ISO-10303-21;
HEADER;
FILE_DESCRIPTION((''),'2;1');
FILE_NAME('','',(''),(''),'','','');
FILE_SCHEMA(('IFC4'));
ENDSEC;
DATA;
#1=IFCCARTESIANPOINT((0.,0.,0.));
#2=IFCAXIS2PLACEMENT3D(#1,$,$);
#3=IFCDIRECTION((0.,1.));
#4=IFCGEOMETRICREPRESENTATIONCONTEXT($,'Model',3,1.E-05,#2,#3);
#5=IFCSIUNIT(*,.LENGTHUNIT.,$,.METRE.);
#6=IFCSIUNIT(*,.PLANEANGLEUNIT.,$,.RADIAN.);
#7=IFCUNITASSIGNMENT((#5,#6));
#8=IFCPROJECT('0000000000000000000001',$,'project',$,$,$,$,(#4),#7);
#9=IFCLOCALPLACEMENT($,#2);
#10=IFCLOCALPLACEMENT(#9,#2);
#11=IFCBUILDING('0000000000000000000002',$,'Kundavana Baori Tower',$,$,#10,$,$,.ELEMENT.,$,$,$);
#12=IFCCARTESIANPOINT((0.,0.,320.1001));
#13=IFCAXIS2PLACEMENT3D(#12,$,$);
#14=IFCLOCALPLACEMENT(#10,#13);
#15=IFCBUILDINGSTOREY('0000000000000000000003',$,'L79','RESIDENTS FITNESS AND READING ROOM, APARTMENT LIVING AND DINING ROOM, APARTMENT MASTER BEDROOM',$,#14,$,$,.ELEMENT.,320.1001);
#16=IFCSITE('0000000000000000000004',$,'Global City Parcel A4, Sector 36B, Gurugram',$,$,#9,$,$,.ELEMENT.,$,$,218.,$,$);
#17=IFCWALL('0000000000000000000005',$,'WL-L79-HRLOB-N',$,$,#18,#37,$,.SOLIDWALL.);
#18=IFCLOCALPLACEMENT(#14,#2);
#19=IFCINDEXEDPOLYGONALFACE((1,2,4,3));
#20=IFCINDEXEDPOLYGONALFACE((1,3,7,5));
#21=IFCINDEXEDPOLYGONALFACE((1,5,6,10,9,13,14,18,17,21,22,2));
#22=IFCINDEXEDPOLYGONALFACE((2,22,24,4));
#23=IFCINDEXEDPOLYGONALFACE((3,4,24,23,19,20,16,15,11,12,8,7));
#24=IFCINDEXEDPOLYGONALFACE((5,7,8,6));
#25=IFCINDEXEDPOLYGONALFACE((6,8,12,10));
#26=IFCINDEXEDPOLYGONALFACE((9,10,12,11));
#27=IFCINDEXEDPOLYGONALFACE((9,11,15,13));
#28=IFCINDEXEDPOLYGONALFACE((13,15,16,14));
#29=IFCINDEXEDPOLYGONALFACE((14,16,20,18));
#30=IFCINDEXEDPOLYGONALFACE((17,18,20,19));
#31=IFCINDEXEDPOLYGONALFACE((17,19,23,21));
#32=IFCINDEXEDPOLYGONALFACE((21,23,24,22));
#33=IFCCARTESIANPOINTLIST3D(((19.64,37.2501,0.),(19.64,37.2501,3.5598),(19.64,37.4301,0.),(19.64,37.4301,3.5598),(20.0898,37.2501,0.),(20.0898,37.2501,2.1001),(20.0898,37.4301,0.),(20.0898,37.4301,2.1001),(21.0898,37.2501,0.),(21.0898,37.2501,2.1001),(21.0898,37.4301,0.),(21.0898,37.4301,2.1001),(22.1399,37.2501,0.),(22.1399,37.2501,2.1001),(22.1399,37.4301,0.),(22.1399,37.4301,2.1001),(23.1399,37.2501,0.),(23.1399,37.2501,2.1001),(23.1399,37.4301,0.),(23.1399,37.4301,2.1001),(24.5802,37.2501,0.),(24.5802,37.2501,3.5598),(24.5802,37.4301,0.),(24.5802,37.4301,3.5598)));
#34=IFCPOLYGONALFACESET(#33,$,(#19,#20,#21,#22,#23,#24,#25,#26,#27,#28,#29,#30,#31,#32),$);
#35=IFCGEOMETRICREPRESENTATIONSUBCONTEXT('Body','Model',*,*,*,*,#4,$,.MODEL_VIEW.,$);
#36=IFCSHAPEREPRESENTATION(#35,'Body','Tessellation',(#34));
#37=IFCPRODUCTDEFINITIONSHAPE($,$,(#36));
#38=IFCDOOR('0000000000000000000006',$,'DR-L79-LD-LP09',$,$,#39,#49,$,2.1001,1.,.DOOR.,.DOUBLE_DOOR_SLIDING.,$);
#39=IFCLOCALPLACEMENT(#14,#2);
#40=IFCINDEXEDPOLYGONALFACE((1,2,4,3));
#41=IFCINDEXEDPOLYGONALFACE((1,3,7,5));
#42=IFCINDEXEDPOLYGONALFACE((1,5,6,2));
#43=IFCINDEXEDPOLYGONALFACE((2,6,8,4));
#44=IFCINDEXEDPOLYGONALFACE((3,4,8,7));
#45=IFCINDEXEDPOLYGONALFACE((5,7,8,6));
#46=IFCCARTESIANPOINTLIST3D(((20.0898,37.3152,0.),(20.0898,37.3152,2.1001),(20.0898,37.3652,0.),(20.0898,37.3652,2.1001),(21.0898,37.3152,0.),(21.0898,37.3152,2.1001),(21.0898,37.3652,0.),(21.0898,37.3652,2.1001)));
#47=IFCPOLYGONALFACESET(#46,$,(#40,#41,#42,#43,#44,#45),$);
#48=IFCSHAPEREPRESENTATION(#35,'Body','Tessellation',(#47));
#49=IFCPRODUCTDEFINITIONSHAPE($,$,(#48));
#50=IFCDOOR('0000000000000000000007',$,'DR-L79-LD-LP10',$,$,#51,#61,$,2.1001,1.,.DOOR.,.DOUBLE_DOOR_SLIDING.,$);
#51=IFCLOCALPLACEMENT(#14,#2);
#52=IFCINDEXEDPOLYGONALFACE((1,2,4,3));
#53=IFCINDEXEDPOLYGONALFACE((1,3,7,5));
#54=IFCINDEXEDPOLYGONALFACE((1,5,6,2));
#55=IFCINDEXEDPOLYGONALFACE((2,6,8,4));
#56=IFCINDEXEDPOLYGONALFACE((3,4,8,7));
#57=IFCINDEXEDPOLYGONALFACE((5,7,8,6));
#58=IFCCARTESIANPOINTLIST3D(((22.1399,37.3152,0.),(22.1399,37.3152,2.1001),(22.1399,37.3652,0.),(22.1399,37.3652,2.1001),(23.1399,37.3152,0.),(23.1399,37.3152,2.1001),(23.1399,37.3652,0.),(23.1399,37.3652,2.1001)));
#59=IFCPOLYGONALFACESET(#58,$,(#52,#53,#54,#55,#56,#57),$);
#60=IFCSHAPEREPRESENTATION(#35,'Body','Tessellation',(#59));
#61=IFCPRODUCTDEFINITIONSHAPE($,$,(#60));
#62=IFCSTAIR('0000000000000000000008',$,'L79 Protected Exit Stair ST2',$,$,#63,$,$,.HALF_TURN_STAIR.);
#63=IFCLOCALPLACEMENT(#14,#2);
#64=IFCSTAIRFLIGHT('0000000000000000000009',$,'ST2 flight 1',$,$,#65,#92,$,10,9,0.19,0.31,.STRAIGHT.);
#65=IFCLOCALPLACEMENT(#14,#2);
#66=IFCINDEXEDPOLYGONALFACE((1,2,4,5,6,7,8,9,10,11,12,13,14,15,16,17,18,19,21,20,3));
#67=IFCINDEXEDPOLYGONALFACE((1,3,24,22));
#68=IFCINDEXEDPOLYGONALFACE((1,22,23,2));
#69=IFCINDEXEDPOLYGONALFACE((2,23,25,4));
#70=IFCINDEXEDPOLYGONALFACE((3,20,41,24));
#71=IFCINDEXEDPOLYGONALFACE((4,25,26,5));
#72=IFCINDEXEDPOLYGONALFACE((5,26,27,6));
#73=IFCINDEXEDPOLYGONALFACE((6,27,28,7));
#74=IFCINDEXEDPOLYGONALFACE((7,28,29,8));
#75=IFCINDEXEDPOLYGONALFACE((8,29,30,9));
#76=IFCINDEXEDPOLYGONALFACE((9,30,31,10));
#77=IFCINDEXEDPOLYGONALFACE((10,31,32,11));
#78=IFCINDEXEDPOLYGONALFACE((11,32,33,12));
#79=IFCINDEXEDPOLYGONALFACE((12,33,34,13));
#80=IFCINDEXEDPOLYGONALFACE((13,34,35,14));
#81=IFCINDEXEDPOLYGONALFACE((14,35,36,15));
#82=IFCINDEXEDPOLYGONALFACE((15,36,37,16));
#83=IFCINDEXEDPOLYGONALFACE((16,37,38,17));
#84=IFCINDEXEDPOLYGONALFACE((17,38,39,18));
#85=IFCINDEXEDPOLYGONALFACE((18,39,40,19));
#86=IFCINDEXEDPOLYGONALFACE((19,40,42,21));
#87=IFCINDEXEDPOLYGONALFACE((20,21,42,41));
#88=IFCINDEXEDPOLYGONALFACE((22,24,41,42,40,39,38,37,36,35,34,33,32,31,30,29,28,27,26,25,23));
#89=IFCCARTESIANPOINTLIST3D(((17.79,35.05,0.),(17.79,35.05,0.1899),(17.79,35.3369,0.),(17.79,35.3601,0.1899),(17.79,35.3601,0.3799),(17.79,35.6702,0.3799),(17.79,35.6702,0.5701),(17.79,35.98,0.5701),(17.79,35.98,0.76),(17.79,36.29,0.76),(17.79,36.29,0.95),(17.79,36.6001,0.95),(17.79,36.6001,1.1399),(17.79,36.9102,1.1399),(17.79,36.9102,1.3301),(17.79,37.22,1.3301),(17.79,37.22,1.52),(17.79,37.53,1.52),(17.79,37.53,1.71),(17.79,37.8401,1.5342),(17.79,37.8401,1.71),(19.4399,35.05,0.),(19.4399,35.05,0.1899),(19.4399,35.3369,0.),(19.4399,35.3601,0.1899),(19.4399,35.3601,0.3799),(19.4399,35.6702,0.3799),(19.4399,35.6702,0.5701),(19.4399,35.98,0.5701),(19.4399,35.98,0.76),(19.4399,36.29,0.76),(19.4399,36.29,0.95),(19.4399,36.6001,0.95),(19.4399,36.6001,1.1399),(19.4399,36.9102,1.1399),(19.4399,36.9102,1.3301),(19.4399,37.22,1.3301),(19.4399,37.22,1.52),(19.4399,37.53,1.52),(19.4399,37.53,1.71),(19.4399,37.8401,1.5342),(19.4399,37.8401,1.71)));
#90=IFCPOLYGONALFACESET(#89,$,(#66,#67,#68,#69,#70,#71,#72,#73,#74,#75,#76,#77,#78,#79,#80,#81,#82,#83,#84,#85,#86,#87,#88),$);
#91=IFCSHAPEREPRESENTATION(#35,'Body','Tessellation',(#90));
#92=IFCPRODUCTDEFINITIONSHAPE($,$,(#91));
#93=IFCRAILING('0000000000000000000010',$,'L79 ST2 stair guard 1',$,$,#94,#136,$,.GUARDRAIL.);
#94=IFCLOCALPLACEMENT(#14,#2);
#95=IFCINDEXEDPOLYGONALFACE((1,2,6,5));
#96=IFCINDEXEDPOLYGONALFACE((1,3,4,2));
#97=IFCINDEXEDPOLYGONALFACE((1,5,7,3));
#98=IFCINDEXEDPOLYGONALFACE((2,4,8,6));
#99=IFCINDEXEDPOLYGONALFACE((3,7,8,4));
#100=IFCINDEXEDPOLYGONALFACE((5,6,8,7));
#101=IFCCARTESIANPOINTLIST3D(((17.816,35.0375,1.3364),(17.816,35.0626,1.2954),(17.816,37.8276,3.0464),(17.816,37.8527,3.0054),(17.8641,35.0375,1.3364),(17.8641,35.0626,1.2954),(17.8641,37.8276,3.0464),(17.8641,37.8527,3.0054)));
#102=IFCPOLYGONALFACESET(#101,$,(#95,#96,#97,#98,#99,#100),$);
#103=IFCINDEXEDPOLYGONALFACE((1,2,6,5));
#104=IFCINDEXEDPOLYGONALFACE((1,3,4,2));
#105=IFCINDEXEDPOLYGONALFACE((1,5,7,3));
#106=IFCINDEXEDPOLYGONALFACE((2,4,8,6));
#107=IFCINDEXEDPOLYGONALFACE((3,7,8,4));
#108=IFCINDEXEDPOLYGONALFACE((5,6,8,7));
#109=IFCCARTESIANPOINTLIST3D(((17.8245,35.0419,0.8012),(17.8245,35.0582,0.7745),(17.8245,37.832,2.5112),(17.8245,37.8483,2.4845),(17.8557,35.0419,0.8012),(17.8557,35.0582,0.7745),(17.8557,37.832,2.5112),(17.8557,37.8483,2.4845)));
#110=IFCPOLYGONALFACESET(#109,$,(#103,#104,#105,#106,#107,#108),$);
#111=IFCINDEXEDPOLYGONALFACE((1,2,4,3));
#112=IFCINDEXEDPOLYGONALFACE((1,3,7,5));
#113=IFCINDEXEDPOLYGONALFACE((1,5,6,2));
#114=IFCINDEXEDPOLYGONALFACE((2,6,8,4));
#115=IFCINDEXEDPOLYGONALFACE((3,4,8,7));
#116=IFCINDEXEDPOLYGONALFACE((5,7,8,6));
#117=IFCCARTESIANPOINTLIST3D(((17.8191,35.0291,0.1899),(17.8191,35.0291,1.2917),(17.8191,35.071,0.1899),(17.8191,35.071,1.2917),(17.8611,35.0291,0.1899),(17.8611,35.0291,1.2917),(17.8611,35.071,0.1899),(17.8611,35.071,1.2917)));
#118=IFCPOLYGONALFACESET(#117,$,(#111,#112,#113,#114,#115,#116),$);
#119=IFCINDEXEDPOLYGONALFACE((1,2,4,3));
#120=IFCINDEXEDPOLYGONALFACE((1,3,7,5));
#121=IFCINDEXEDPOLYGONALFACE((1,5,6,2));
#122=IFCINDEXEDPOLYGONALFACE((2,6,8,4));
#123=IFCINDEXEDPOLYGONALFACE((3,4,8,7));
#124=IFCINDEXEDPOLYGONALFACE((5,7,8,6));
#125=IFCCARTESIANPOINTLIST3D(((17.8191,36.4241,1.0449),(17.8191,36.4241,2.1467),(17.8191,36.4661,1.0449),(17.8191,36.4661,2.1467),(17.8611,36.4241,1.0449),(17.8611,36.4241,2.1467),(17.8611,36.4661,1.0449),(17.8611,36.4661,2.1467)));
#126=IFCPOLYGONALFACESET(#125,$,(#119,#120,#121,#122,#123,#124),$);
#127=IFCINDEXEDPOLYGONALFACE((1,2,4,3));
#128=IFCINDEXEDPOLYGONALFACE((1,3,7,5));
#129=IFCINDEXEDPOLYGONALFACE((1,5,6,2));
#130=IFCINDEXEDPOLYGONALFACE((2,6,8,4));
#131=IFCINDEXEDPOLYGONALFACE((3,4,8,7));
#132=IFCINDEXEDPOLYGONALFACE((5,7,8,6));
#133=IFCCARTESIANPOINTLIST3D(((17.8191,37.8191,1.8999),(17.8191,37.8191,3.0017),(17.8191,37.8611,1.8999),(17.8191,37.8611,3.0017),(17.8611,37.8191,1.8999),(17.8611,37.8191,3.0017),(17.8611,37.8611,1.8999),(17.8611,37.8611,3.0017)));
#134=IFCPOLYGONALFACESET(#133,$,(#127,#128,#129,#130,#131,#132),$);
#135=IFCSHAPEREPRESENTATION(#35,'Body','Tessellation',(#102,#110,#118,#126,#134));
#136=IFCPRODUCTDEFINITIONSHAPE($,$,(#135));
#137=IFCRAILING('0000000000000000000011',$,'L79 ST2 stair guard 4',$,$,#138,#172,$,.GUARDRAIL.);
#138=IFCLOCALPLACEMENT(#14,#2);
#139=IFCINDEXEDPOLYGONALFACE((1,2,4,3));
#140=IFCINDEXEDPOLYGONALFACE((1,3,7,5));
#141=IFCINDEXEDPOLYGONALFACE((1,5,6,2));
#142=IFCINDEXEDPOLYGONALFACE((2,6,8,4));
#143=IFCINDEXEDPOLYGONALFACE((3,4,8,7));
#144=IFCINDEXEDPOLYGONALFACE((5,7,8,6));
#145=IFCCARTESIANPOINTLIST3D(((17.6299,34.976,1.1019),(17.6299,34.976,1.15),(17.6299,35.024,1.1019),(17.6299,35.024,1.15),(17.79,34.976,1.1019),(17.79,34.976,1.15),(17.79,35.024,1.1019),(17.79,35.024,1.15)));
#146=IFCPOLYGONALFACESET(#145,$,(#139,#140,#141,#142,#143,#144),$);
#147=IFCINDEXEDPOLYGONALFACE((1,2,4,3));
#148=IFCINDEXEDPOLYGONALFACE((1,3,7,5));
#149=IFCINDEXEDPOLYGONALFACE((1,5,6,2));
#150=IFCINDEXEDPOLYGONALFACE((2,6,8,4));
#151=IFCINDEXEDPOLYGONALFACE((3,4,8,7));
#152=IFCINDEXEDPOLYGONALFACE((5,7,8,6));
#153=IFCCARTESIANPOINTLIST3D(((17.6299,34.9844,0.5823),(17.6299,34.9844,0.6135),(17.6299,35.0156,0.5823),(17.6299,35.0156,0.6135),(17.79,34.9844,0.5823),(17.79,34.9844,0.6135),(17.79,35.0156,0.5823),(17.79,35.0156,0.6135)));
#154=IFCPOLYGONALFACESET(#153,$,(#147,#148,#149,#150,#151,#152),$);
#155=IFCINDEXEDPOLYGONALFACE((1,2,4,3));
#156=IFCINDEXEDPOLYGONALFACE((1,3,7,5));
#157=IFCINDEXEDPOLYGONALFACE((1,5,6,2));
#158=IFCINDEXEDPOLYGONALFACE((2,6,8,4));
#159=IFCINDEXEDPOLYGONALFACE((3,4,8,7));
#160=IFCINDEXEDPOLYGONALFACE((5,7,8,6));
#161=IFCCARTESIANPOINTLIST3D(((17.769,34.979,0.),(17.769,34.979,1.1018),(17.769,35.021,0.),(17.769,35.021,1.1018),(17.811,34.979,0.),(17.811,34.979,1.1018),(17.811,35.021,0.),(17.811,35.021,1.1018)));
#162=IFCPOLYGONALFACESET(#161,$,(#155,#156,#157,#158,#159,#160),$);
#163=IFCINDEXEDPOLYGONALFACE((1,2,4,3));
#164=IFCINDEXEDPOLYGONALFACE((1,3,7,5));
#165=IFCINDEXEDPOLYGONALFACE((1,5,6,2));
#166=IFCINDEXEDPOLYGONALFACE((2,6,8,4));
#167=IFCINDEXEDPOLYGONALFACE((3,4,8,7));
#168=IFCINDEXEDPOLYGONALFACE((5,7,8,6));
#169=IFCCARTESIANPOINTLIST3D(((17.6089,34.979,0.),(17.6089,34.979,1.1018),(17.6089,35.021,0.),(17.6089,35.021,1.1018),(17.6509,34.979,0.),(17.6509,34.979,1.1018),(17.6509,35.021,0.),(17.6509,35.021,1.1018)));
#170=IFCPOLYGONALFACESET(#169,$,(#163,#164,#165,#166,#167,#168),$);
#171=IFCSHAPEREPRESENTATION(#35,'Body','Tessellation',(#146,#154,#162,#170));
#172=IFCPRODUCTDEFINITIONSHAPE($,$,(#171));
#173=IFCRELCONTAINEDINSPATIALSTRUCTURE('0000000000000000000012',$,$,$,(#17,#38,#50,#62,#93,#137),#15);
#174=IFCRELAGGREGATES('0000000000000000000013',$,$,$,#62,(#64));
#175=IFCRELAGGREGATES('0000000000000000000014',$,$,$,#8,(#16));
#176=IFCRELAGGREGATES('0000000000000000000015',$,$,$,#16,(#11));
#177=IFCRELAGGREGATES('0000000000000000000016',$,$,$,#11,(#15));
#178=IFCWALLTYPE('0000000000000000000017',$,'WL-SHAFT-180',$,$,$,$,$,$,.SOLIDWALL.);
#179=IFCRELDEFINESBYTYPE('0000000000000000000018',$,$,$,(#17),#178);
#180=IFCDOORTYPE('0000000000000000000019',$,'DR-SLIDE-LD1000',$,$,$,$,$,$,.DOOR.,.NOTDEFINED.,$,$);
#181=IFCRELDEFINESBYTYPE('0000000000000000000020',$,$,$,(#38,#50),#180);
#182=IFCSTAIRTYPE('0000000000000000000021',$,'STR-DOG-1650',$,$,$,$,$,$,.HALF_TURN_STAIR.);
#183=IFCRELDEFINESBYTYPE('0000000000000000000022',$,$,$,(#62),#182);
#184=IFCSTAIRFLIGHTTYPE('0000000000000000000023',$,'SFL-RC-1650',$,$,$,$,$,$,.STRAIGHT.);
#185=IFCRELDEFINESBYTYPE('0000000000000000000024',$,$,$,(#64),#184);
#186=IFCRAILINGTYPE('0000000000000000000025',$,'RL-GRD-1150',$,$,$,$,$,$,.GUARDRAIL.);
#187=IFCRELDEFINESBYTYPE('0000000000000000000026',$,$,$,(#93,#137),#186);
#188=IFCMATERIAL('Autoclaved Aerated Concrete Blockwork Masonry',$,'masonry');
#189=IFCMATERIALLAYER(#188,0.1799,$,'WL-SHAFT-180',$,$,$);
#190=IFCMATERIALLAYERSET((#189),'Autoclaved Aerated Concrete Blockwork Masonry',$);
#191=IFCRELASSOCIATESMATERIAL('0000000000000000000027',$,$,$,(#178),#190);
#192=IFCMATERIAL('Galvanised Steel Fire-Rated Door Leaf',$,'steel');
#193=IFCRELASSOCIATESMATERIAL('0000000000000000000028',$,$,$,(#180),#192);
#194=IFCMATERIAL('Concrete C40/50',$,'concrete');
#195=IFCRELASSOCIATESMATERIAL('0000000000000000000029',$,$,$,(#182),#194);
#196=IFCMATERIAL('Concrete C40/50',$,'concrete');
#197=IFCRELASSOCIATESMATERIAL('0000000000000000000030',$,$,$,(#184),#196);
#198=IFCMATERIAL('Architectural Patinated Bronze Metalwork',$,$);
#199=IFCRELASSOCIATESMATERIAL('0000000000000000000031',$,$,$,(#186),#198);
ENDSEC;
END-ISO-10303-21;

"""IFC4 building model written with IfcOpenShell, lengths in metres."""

from ifc_helpers import new_model, si_unit, direction, frame, frame_2d, origin, origin_2d, place, context, subcontext, project, spatial, polyline, rectangle, outline, extrude, material, layer, layer_set, type_object, element, fill, aggregate, save


model = new_model("IFC4")

# Units and contexts
model_context = context("Model", 3, precision=1e-05, world=origin(), true_north=direction((0.0, 1.0)))
body_context = subcontext(model_context, "Body", "Model", "MODEL_VIEW")
ifc_project = project(units=[si_unit("LENGTHUNIT", "METRE"), si_unit("PLANEANGLEUNIT", "RADIAN")], contexts=[model_context])

# Site, building, storey
site_placement = place(None, origin())
site = spatial("IfcSite", under=ifc_project, at=site_placement, Name="Global City Parcel A4, Sector 36B, Gurugram", CompositionType="ELEMENT", RefElevation=218.0)
building_placement = place(site_placement, origin())
building = spatial("IfcBuilding", under=site, at=building_placement, Name="Kundavana Baori Tower", CompositionType="ELEMENT")
storey_placement = place(building_placement, frame((0.0, 0.0, 320.1001)))
storey = spatial("IfcBuildingStorey", under=building, at=storey_placement, Name="L79", Description="RESIDENTS FITNESS AND READING ROOM, APARTMENT LIVING AND DINING ROOM, APARTMENT MASTER BEDROOM", CompositionType="ELEMENT", Elevation=320.1001)

# Shared definitions
ifc_material_1 = material(Name="Autoclaved Aerated Concrete Blockwork Masonry", Category="masonry")
ifc_layer_1 = layer(ifc_material_1, 0.1799, Name="WL-SHAFT-180")
ifc_layer_set_1 = layer_set([ifc_layer_1], Name="Autoclaved Aerated Concrete Blockwork Masonry")
wall_type_1 = type_object("IfcWallType", Name="WL-SHAFT-180", PredefinedType="SOLIDWALL", material=ifc_layer_set_1)
ifc_material_2 = material(Name="Galvanised Steel Fire-Rated Door Leaf", Category="steel")
door_type_1 = type_object("IfcDoorType", Name="DR-SLIDE-LD1000", OperationType="NOTDEFINED", PredefinedType="DOOR", material=ifc_material_2)

# Wall, openings, doors
wall_1_placement = place(storey_placement, frame((19.6399, 37.3401, 0.0), z_axis=(0.0, 0.0, 1.0), x_axis=(1.0, 0.0, 0.0)))
wall_1 = element("IfcWall", 1, at=wall_1_placement, inside=storey, type_object=wall_type_1, Name="WL-L79-HRLOB-N", PredefinedType="SOLIDWALL", context=body_context, shape_type="SweptSolid", body=[
    extrude(rectangle(XDim=4.9402, YDim=0.1799, at=frame_2d((2.4702, 0.0))), origin(), (0.0, 0.0, 1.0), 3.5598),
])
opening_1_placement = place(wall_1_placement, frame((0.45, 0.0, 0.0)))
opening_1 = element("IfcOpeningElement", 2, at=opening_1_placement, cuts=wall_1, PredefinedType="OPENING", context=body_context, shape_type="SweptSolid", body=[
    extrude(rectangle(XDim=1.0, YDim=2.1001, at=frame_2d((0.5, 1.05))), frame((0.0, 0.1001, 0.0), z_axis=(0.0, -1.0, 0.0), x_axis=(1.0, 0.0, 0.0)), (0.0, 0.0, 1.0), 0.2),
])
opening_2_placement = place(wall_1_placement, frame((2.5, 0.0, 0.0)))
opening_2 = element("IfcOpeningElement", 3, at=opening_2_placement, cuts=wall_1, PredefinedType="OPENING", context=body_context, shape_type="SweptSolid", body=[
    extrude(rectangle(XDim=1.0, YDim=2.1001, at=frame_2d((0.5, 1.05))), frame((0.0, 0.1001, 0.0), z_axis=(0.0, -1.0, 0.0), x_axis=(1.0, 0.0, 0.0)), (0.0, 0.0, 1.0), 0.2),
])
door_1_placement = place(opening_1_placement, frame((1.0, 0.0, 0.0), z_axis=(0.0, 0.0, 1.0), x_axis=(-1.0, 0.0, 0.0)))
door_1 = element("IfcDoor", 4, at=door_1_placement, inside=storey, type_object=door_type_1, Name="DR-L79-LD-LP09", OperationType="DOUBLE_DOOR_SLIDING", OverallHeight=2.1001, OverallWidth=1.0, PredefinedType="DOOR", context=body_context, shape_type="SweptSolid", body=[
    extrude(rectangle(XDim=1.0, YDim=2.1001, at=frame_2d((0.5, 1.05))), frame((0.0, 0.0249, 0.0), z_axis=(0.0, -1.0, 0.0), x_axis=(1.0, 0.0, 0.0)), (0.0, 0.0, 1.0), 0.05),
])
fill(opening_1, door_1)
door_2_placement = place(opening_2_placement, frame((1.0, 0.0, 0.0), z_axis=(0.0, 0.0, 1.0), x_axis=(-1.0, 0.0, 0.0)))
door_2 = element("IfcDoor", 5, at=door_2_placement, inside=storey, type_object=door_type_1, Name="DR-L79-LD-LP10", OperationType="DOUBLE_DOOR_SLIDING", OverallHeight=2.1001, OverallWidth=1.0, PredefinedType="DOOR", context=body_context, shape_type="SweptSolid", body=[
    extrude(rectangle(XDim=1.0, YDim=2.1001, at=frame_2d((0.5, 1.05))), frame((0.0, 0.0249, 0.0), z_axis=(0.0, -1.0, 0.0), x_axis=(1.0, 0.0, 0.0)), (0.0, 0.0, 1.0), 0.05),
])
fill(opening_2, door_2)

# Stair, stair flight
ifc_material_3 = material(Name="Concrete C40/50", Category="concrete")
stair_type = type_object("IfcStairType", Name="STR-DOG-1650", PredefinedType="HALF_TURN_STAIR", material=ifc_material_3)
stair_placement = place(storey_placement, origin())
stair = element("IfcStair", 6, at=stair_placement, inside=storey, type_object=stair_type, Name="L79 Protected Exit Stair ST2", PredefinedType="HALF_TURN_STAIR")
ifc_material_4 = material(Name="Concrete C40/50", Category="concrete")
stair_flight_type = type_object("IfcStairFlightType", Name="SFL-RC-1650", PredefinedType="STRAIGHT", material=ifc_material_4)
stair_flight_placement = place(storey_placement, frame((18.615, 35.05, 0.0), z_axis=(0.0, 0.0, 1.0), x_axis=(0.0, 1.0, 0.0)))
stair_flight = element("IfcStairFlight", 7, at=stair_flight_placement, type_object=stair_flight_type, Name="ST2 flight 1", NumberOfRisers=10, NumberOfTreads=9, PredefinedType="STRAIGHT", RiserHeight=0.19, TreadLength=0.31, context=body_context, shape_type="SweptSolid", body=[
    extrude(outline(polyline([(0.0, 0.0), (0.0, 0.1899), (0.3101, 0.1899), (0.3101, 0.3799), (0.6201, 0.3799), (0.6201, 0.5701), (0.9299, 0.5701), (0.9299, 0.76), (1.24, 0.76), (1.24, 0.95), (1.55, 0.95), (1.55, 1.1399), (1.8601, 1.1399), (1.8601, 1.3301), (2.1699, 1.3301), (2.1699, 1.52), (2.48, 1.52), (2.48, 1.71), (2.79, 1.71), (2.79, 1.8999), (2.79, 1.5342), (0.2869, 0.0), (0.0, 0.0)])), frame((0.0, 0.825, 0.0), z_axis=(0.0, -1.0, 0.0), x_axis=(1.0, 0.0, 0.0)), (0.0, 0.0, 1.0), 1.6499),
])
aggregate(stair, [stair_flight])

# Railings
ifc_material_5 = material(Name="Architectural Patinated Bronze Metalwork")
railing_type_1 = type_object("IfcRailingType", Name="RL-GRD-1150", PredefinedType="GUARDRAIL", material=ifc_material_5)
railing_1_placement = place(storey_placement, frame((17.8401, 35.05, 0.1899)))
element("IfcRailing", 8, at=railing_1_placement, inside=storey, type_object=railing_type_1, Name="L79 ST2 stair guard 1", PredefinedType="GUARDRAIL", context=body_context, shape_type="SweptSolid", body=[
    extrude(rectangle(XDim=0.0481, YDim=0.0481, at=origin_2d()), frame((0.0, 0.0, 1.126), z_axis=(0.0, 0.85261, 0.522548), x_axis=(-1.0, 0.0, 0.0)), (0.0, 0.0, 1.0), 3.2725),
    extrude(rectangle(XDim=0.0312, YDim=0.0312, at=origin_2d()), frame((0.0, 0.0, 0.5979), z_axis=(0.0, 0.85261, 0.522548), x_axis=(-1.0, 0.0, 0.0)), (0.0, 0.0, 1.0), 3.2725),
    extrude(rectangle(XDim=0.042, YDim=0.042, at=origin_2d()), origin(), (0.0, 0.0, 1.0), 1.1018),
    extrude(rectangle(XDim=0.042, YDim=0.042, at=origin_2d()), frame((0.0, 1.395, 0.855)), (0.0, 0.0, 1.0), 1.1018),
    extrude(rectangle(XDim=0.042, YDim=0.042, at=origin_2d()), frame((0.0, 2.79, 1.71)), (0.0, 0.0, 1.0), 1.1018),
])
railing_2_placement = place(storey_placement, frame((17.79, 35.0, 0.0)))
element("IfcRailing", 9, at=railing_2_placement, inside=storey, type_object=railing_type_1, Name="L79 ST2 stair guard 4", PredefinedType="GUARDRAIL", context=body_context, shape_type="SweptSolid", body=[
    extrude(rectangle(XDim=0.0481, YDim=0.0481, at=origin_2d()), frame((0.0, 0.0, 1.126), z_axis=(-1.0, 0.0, 0.0), x_axis=(0.0, -1.0, 0.0)), (0.0, 0.0, 1.0), 0.1602),
    extrude(rectangle(XDim=0.0312, YDim=0.0312, at=origin_2d()), frame((0.0, 0.0, 0.5979), z_axis=(-1.0, 0.0, 0.0), x_axis=(0.0, -1.0, 0.0)), (0.0, 0.0, 1.0), 0.1602),
    extrude(rectangle(XDim=0.042, YDim=0.042, at=origin_2d()), origin(), (0.0, 0.0, 1.0), 1.1018),
    extrude(rectangle(XDim=0.042, YDim=0.042, at=origin_2d()), frame((-0.1602, 0.0, 0.0)), (0.0, 0.0, 1.0), 1.1018),
])

save(model, "model.ifc")
